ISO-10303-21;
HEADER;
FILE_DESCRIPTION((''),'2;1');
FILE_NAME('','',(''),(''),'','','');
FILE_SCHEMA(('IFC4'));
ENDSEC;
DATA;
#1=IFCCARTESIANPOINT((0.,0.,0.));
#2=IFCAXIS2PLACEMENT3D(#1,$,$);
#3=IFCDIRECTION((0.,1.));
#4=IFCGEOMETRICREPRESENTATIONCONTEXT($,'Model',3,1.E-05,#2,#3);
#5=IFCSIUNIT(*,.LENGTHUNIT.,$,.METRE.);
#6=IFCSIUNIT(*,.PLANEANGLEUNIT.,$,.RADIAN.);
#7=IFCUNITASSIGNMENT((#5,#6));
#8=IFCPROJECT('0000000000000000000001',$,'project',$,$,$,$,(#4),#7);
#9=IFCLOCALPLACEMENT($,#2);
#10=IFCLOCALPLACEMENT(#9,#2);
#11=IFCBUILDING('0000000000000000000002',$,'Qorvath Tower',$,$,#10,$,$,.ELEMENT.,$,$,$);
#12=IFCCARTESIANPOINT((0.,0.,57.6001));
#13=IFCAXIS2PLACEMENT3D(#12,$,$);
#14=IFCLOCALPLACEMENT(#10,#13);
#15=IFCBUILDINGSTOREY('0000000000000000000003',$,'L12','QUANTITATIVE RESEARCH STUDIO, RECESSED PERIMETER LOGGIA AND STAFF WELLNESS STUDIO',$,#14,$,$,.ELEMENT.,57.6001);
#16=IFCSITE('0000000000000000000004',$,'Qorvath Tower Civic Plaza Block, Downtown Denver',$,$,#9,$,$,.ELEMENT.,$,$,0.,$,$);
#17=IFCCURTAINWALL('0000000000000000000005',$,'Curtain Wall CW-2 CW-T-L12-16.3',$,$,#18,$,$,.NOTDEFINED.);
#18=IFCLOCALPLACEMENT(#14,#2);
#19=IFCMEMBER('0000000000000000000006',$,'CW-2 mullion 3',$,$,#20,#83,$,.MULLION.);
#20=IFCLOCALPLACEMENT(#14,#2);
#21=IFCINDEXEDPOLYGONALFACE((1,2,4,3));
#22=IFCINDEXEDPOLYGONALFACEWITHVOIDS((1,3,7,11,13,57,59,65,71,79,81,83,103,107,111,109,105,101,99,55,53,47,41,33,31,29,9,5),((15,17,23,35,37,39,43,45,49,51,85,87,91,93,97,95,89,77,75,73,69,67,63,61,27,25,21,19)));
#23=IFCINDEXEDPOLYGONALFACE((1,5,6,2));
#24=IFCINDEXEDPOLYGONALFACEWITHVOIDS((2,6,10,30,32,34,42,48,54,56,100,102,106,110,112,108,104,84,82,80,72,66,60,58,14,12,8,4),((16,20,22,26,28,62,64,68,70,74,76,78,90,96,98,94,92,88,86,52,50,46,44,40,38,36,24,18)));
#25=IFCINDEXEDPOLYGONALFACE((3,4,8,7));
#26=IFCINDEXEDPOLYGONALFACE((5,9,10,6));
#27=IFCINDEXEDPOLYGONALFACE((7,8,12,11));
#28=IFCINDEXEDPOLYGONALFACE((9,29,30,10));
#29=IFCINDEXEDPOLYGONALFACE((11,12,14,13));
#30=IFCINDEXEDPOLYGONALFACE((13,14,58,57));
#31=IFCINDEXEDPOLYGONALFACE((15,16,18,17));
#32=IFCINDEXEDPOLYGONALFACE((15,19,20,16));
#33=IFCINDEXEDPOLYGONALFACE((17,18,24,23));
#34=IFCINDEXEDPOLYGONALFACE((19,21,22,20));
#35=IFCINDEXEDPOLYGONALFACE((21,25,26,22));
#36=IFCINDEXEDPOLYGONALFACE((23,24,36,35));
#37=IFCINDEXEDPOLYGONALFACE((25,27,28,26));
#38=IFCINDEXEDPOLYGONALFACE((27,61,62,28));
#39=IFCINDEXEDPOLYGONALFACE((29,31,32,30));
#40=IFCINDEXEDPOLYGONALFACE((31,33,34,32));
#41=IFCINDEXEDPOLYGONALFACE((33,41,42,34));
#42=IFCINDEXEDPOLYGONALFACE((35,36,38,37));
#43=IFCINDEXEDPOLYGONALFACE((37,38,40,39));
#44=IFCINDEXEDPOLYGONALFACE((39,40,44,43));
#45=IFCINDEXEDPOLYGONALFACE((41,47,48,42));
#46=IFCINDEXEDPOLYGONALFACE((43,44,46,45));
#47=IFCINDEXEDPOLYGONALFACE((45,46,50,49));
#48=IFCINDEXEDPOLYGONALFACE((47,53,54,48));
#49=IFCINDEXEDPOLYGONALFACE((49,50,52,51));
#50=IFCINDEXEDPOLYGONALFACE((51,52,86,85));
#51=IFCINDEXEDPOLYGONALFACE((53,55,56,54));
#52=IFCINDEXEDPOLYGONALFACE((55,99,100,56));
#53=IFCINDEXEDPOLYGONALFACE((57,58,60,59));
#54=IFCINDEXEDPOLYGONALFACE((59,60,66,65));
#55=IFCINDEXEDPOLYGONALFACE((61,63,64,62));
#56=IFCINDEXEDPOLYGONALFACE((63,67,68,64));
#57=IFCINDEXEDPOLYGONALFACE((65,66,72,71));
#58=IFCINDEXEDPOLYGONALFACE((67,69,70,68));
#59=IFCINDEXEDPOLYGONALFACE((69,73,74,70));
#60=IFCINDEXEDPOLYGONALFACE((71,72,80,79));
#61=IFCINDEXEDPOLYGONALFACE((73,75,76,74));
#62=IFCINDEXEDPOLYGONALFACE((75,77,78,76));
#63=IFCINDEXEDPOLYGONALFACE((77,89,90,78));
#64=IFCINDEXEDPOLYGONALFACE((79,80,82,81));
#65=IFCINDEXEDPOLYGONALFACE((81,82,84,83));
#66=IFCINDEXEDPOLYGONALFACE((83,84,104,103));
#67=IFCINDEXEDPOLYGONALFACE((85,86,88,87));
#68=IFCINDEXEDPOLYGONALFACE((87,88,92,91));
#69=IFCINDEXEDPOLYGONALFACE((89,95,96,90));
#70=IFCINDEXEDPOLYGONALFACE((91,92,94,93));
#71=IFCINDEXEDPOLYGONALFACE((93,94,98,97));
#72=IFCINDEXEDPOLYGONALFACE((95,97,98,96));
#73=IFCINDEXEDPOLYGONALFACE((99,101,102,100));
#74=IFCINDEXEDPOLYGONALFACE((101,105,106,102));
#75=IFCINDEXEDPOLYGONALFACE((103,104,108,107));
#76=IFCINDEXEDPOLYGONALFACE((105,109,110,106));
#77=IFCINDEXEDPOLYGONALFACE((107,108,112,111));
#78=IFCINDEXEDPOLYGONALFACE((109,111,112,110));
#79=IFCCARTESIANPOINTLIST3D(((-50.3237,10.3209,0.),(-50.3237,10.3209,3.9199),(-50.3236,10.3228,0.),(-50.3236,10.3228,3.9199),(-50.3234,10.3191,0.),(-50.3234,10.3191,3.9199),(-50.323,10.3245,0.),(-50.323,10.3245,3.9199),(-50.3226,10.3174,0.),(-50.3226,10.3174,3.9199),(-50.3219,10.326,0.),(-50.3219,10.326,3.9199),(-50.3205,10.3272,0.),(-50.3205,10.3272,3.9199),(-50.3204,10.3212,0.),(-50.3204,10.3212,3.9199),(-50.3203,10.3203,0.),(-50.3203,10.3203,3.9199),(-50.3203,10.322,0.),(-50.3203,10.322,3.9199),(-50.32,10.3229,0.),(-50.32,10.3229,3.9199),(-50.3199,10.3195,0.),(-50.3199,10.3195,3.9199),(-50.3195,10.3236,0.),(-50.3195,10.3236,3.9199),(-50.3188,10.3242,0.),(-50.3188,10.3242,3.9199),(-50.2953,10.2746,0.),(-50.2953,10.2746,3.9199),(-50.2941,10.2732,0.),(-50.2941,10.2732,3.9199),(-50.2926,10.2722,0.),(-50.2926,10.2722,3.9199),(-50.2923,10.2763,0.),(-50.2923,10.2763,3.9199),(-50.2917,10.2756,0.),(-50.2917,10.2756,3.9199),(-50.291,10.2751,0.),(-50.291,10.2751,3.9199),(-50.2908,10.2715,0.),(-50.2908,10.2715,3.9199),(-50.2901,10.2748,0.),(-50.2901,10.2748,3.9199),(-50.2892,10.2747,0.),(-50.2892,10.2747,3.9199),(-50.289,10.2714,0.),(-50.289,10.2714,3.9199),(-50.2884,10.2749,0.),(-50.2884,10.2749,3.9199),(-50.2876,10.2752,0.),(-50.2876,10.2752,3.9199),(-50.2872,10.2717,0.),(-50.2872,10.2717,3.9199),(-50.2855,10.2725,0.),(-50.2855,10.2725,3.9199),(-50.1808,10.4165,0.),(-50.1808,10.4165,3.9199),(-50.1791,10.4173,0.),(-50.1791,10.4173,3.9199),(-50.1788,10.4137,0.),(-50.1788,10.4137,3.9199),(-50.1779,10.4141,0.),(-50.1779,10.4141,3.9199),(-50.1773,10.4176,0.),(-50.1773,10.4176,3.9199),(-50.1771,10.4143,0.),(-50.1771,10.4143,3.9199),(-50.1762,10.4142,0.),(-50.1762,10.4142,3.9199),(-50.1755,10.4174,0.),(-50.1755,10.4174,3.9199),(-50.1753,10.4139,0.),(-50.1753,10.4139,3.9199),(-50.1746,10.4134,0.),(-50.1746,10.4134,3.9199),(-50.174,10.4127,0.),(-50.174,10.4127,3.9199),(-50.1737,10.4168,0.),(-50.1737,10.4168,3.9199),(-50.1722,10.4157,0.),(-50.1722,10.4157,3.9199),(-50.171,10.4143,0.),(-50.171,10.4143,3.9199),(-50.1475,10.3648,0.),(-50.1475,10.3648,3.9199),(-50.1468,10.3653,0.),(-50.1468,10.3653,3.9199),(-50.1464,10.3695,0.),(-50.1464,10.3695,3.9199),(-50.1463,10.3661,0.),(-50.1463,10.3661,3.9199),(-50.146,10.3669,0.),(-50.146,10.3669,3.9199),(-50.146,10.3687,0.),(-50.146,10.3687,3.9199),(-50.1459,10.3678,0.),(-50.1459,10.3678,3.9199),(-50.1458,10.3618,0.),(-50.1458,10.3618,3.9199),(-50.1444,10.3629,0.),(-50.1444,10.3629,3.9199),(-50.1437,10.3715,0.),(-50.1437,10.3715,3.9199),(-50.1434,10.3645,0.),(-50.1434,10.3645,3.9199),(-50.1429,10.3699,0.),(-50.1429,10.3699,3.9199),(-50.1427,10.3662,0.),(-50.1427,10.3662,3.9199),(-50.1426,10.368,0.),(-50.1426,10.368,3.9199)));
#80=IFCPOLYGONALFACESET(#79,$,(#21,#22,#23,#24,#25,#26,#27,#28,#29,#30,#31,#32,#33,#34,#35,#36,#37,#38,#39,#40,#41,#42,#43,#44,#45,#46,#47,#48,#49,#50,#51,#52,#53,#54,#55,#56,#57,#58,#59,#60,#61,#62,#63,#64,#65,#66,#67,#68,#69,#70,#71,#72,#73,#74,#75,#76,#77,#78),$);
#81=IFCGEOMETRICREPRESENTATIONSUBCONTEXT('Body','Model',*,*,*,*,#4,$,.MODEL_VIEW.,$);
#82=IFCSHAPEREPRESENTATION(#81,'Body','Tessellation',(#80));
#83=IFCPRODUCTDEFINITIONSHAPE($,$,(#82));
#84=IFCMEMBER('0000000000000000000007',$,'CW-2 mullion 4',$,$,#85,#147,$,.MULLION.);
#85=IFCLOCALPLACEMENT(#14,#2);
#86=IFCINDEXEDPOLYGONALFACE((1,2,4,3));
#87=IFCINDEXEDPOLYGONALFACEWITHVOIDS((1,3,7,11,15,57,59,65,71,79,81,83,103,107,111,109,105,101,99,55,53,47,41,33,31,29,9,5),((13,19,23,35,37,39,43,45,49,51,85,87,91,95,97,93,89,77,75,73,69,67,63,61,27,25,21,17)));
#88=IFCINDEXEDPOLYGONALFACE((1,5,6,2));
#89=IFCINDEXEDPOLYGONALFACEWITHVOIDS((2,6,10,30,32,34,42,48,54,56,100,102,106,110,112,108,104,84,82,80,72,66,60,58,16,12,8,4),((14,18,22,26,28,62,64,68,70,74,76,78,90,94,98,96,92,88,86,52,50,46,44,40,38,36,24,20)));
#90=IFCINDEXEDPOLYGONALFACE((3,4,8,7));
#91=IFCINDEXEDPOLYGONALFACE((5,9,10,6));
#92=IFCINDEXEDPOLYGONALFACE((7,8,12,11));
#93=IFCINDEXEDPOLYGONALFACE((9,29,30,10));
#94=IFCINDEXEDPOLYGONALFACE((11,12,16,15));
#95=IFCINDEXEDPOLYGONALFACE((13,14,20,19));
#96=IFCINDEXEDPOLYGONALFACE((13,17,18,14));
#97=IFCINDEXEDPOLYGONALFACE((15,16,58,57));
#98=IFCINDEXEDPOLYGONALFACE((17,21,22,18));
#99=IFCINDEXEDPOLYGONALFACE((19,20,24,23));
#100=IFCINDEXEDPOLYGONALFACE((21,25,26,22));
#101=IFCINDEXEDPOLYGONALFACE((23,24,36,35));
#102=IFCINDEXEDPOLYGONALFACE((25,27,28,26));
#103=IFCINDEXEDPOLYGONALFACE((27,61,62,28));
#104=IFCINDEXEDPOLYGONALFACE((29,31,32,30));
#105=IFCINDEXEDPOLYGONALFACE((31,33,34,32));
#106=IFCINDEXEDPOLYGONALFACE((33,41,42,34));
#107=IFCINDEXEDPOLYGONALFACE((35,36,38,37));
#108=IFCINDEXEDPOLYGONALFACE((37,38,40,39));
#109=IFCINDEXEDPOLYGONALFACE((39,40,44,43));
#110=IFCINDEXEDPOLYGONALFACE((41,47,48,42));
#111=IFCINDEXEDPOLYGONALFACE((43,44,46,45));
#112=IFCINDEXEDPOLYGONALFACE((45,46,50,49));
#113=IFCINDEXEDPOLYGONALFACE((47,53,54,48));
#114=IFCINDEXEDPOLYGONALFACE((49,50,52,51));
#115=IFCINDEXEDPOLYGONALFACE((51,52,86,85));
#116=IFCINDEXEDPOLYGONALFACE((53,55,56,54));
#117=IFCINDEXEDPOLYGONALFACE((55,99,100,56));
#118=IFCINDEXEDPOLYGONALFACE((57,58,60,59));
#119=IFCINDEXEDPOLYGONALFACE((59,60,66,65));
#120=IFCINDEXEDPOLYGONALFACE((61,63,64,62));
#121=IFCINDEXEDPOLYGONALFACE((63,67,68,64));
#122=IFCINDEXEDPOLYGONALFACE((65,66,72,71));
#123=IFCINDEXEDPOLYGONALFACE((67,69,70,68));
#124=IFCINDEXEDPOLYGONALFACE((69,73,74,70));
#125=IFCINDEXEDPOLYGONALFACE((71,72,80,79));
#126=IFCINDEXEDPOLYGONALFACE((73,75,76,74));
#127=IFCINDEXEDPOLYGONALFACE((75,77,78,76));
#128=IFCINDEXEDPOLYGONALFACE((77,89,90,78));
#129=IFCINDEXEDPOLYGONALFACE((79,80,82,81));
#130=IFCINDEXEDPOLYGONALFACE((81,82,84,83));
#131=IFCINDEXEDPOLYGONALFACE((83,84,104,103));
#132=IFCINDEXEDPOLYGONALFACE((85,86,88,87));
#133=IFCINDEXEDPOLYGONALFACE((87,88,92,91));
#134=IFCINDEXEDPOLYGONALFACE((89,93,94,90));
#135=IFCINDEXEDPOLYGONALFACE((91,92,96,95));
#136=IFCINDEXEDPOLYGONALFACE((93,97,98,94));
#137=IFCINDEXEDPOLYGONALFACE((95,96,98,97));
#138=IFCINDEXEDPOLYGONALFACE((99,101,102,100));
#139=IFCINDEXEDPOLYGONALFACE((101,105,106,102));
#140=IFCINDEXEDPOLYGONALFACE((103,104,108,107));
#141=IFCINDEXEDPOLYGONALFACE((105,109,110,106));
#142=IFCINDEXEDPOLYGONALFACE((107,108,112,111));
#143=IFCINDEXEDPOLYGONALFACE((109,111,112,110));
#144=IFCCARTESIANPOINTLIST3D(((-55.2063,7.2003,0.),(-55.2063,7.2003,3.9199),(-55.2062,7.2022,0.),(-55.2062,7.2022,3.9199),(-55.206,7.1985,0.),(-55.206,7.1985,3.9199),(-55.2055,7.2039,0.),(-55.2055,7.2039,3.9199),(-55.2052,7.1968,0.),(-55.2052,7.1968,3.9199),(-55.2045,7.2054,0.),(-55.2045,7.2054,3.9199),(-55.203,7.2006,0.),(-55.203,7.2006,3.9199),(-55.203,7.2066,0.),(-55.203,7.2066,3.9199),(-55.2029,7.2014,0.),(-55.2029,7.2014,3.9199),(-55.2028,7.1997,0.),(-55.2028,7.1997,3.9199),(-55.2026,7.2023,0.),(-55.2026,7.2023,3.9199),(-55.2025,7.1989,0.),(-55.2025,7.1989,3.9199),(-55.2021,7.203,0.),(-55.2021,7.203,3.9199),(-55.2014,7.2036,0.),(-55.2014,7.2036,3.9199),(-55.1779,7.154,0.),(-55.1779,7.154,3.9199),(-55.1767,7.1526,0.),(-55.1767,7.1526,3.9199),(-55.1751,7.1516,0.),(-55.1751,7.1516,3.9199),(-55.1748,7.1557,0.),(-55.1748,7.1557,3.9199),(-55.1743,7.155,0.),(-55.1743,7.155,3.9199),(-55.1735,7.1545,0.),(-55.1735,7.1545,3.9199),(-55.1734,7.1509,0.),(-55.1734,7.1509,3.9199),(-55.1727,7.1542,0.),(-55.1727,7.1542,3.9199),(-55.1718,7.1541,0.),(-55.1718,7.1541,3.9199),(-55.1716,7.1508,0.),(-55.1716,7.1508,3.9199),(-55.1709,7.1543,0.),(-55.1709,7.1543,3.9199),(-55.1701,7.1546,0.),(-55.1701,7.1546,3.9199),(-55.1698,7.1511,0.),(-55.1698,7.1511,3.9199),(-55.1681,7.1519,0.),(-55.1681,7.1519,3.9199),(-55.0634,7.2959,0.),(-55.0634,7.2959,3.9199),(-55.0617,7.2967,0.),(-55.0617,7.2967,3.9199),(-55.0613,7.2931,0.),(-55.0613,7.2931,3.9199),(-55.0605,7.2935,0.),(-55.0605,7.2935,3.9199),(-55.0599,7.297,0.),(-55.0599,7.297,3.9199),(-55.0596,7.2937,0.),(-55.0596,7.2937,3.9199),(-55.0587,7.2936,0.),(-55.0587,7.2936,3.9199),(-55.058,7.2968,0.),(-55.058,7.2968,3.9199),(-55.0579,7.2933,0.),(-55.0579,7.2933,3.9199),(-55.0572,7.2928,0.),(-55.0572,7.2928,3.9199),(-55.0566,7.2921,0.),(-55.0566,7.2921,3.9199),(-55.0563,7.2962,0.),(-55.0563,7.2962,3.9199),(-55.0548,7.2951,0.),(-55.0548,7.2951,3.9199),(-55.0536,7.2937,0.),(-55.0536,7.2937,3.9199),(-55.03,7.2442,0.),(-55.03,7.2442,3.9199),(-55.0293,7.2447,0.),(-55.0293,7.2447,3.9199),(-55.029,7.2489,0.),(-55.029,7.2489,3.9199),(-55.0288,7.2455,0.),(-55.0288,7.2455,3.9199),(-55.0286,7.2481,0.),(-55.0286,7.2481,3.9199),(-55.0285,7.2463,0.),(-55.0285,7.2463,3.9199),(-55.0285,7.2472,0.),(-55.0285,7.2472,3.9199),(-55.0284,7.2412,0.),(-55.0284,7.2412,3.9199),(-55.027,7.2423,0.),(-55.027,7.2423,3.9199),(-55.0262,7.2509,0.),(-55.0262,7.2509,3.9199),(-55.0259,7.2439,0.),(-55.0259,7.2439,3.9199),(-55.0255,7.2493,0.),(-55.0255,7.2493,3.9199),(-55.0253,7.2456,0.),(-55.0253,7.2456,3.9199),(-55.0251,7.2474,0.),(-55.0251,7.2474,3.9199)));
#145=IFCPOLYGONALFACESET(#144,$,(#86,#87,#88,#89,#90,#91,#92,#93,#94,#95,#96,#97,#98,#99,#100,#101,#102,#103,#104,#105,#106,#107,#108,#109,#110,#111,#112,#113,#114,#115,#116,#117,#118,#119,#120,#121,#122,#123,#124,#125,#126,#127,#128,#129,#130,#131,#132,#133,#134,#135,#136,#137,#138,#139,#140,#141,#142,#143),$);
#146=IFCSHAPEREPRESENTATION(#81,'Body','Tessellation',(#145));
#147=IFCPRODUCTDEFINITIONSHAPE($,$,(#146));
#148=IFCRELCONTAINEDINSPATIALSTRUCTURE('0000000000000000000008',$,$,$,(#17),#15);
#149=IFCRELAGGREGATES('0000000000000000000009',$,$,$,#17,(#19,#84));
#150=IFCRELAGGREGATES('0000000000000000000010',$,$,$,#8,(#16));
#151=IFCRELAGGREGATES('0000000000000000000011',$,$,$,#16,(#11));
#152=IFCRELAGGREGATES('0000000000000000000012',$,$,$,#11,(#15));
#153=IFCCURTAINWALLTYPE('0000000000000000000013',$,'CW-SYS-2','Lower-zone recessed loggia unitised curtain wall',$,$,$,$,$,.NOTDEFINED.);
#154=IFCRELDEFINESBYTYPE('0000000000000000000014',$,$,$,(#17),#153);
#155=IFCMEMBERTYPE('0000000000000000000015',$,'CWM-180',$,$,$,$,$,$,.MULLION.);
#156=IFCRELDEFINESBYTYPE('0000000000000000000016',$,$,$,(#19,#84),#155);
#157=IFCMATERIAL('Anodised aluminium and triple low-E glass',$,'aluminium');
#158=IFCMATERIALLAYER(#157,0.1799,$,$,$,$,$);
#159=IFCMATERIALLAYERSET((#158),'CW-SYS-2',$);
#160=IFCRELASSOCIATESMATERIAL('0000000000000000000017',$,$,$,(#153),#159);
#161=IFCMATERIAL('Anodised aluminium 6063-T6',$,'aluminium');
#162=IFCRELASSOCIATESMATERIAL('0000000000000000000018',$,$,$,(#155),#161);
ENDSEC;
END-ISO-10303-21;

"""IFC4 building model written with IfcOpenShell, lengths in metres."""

from ifc_helpers import new_model, si_unit, direction, frame, origin, origin_2d, place, context, subcontext, project, spatial, hollow_rectangle, extrude, material, layer, layer_set, material_profile, profile_set, type_object, element, aggregate, save


model = new_model("IFC4")

# Units and contexts
model_context = context("Model", 3, precision=1e-05, world=origin(), true_north=direction((0.0, 1.0)))
body_context = subcontext(model_context, "Body", "Model", "MODEL_VIEW")
ifc_project = project(units=[si_unit("LENGTHUNIT", "METRE"), si_unit("PLANEANGLEUNIT", "RADIAN")], contexts=[model_context])

# Site, building, storey
site_placement = place(None, origin())
site = spatial("IfcSite", under=ifc_project, at=site_placement, Name="Qorvath Tower Civic Plaza Block, Downtown Denver", CompositionType="ELEMENT", RefElevation=0.0)
building_placement = place(site_placement, origin())
building = spatial("IfcBuilding", under=site, at=building_placement, Name="Qorvath Tower", CompositionType="ELEMENT")
storey_placement = place(building_placement, frame((0.0, 0.0, 57.6001)))
storey = spatial("IfcBuildingStorey", under=building, at=storey_placement, Name="L12", Description="QUANTITATIVE RESEARCH STUDIO, RECESSED PERIMETER LOGGIA AND STAFF WELLNESS STUDIO", CompositionType="ELEMENT", Elevation=57.6001)

# Curtain wall, members
ifc_material_1 = material(Name="Anodised aluminium and triple low-E glass", Category="aluminium")
ifc_layer_1 = layer(ifc_material_1, 0.1799)
ifc_layer_set_1 = layer_set([ifc_layer_1], Name="CW-SYS-2")
curtain_wall_type = type_object("IfcCurtainWallType", Name="CW-SYS-2", Description="Lower-zone recessed loggia unitised curtain wall", PredefinedType="NOTDEFINED", material=ifc_layer_set_1)
curtain_wall_placement = place(storey_placement, origin())
curtain_wall = element("IfcCurtainWall", 1, at=curtain_wall_placement, inside=storey, type_object=curtain_wall_type, Name="Curtain Wall CW-2 CW-T-L12-16.3", PredefinedType="NOTDEFINED")
ifc_material_2 = material(Name="Anodised aluminium 6063-T6", Category="aluminium")
ifc_material_profile_1 = material_profile(ifc_material_2, hollow_rectangle(XDim=0.0649, YDim=0.1799, WallThickness=0.0034, InnerFilletRadius=0.0034, OuterFilletRadius=0.0071, at=origin_2d()), Name="CWM 180x65")
ifc_profile_set_1 = profile_set([ifc_material_profile_1], Name="Anodised aluminium 6063-T6")
member_type_1 = type_object("IfcMemberType", Name="CWM-180", PredefinedType="MULLION", material=ifc_profile_set_1)
member_1_placement = place(storey_placement, frame((-50.2332, 10.3445, 0.0), z_axis=(0.0, 0.0, 1.0), x_axis=(0.53853, -0.842607, 0.0)))
member_1 = element("IfcMember", 2, at=member_1_placement, type_object=member_type_1, Name="CW-2 mullion 3", PredefinedType="MULLION", context=body_context, shape_type="SweptSolid", body=[
    extrude(hollow_rectangle(XDim=0.0649, YDim=0.1799, WallThickness=0.0034, InnerFilletRadius=0.0034, OuterFilletRadius=0.0071, at=origin_2d()), origin(), (0.0, 0.0, 1.0), 3.9199),
])
member_2_placement = place(storey_placement, frame((-55.1157, 7.2239, 0.0), z_axis=(0.0, 0.0, 1.0), x_axis=(0.53853, -0.842607, 0.0)))
member_2 = element("IfcMember", 3, at=member_2_placement, type_object=member_type_1, Name="CW-2 mullion 4", PredefinedType="MULLION", context=body_context, shape_type="SweptSolid", body=[
    extrude(hollow_rectangle(XDim=0.0649, YDim=0.1799, WallThickness=0.0034, InnerFilletRadius=0.0034, OuterFilletRadius=0.0071, at=origin_2d()), origin(), (0.0, 0.0, 1.0), 3.9199),
])
aggregate(curtain_wall, [member_1, member_2])

save(model, "model.ifc")
